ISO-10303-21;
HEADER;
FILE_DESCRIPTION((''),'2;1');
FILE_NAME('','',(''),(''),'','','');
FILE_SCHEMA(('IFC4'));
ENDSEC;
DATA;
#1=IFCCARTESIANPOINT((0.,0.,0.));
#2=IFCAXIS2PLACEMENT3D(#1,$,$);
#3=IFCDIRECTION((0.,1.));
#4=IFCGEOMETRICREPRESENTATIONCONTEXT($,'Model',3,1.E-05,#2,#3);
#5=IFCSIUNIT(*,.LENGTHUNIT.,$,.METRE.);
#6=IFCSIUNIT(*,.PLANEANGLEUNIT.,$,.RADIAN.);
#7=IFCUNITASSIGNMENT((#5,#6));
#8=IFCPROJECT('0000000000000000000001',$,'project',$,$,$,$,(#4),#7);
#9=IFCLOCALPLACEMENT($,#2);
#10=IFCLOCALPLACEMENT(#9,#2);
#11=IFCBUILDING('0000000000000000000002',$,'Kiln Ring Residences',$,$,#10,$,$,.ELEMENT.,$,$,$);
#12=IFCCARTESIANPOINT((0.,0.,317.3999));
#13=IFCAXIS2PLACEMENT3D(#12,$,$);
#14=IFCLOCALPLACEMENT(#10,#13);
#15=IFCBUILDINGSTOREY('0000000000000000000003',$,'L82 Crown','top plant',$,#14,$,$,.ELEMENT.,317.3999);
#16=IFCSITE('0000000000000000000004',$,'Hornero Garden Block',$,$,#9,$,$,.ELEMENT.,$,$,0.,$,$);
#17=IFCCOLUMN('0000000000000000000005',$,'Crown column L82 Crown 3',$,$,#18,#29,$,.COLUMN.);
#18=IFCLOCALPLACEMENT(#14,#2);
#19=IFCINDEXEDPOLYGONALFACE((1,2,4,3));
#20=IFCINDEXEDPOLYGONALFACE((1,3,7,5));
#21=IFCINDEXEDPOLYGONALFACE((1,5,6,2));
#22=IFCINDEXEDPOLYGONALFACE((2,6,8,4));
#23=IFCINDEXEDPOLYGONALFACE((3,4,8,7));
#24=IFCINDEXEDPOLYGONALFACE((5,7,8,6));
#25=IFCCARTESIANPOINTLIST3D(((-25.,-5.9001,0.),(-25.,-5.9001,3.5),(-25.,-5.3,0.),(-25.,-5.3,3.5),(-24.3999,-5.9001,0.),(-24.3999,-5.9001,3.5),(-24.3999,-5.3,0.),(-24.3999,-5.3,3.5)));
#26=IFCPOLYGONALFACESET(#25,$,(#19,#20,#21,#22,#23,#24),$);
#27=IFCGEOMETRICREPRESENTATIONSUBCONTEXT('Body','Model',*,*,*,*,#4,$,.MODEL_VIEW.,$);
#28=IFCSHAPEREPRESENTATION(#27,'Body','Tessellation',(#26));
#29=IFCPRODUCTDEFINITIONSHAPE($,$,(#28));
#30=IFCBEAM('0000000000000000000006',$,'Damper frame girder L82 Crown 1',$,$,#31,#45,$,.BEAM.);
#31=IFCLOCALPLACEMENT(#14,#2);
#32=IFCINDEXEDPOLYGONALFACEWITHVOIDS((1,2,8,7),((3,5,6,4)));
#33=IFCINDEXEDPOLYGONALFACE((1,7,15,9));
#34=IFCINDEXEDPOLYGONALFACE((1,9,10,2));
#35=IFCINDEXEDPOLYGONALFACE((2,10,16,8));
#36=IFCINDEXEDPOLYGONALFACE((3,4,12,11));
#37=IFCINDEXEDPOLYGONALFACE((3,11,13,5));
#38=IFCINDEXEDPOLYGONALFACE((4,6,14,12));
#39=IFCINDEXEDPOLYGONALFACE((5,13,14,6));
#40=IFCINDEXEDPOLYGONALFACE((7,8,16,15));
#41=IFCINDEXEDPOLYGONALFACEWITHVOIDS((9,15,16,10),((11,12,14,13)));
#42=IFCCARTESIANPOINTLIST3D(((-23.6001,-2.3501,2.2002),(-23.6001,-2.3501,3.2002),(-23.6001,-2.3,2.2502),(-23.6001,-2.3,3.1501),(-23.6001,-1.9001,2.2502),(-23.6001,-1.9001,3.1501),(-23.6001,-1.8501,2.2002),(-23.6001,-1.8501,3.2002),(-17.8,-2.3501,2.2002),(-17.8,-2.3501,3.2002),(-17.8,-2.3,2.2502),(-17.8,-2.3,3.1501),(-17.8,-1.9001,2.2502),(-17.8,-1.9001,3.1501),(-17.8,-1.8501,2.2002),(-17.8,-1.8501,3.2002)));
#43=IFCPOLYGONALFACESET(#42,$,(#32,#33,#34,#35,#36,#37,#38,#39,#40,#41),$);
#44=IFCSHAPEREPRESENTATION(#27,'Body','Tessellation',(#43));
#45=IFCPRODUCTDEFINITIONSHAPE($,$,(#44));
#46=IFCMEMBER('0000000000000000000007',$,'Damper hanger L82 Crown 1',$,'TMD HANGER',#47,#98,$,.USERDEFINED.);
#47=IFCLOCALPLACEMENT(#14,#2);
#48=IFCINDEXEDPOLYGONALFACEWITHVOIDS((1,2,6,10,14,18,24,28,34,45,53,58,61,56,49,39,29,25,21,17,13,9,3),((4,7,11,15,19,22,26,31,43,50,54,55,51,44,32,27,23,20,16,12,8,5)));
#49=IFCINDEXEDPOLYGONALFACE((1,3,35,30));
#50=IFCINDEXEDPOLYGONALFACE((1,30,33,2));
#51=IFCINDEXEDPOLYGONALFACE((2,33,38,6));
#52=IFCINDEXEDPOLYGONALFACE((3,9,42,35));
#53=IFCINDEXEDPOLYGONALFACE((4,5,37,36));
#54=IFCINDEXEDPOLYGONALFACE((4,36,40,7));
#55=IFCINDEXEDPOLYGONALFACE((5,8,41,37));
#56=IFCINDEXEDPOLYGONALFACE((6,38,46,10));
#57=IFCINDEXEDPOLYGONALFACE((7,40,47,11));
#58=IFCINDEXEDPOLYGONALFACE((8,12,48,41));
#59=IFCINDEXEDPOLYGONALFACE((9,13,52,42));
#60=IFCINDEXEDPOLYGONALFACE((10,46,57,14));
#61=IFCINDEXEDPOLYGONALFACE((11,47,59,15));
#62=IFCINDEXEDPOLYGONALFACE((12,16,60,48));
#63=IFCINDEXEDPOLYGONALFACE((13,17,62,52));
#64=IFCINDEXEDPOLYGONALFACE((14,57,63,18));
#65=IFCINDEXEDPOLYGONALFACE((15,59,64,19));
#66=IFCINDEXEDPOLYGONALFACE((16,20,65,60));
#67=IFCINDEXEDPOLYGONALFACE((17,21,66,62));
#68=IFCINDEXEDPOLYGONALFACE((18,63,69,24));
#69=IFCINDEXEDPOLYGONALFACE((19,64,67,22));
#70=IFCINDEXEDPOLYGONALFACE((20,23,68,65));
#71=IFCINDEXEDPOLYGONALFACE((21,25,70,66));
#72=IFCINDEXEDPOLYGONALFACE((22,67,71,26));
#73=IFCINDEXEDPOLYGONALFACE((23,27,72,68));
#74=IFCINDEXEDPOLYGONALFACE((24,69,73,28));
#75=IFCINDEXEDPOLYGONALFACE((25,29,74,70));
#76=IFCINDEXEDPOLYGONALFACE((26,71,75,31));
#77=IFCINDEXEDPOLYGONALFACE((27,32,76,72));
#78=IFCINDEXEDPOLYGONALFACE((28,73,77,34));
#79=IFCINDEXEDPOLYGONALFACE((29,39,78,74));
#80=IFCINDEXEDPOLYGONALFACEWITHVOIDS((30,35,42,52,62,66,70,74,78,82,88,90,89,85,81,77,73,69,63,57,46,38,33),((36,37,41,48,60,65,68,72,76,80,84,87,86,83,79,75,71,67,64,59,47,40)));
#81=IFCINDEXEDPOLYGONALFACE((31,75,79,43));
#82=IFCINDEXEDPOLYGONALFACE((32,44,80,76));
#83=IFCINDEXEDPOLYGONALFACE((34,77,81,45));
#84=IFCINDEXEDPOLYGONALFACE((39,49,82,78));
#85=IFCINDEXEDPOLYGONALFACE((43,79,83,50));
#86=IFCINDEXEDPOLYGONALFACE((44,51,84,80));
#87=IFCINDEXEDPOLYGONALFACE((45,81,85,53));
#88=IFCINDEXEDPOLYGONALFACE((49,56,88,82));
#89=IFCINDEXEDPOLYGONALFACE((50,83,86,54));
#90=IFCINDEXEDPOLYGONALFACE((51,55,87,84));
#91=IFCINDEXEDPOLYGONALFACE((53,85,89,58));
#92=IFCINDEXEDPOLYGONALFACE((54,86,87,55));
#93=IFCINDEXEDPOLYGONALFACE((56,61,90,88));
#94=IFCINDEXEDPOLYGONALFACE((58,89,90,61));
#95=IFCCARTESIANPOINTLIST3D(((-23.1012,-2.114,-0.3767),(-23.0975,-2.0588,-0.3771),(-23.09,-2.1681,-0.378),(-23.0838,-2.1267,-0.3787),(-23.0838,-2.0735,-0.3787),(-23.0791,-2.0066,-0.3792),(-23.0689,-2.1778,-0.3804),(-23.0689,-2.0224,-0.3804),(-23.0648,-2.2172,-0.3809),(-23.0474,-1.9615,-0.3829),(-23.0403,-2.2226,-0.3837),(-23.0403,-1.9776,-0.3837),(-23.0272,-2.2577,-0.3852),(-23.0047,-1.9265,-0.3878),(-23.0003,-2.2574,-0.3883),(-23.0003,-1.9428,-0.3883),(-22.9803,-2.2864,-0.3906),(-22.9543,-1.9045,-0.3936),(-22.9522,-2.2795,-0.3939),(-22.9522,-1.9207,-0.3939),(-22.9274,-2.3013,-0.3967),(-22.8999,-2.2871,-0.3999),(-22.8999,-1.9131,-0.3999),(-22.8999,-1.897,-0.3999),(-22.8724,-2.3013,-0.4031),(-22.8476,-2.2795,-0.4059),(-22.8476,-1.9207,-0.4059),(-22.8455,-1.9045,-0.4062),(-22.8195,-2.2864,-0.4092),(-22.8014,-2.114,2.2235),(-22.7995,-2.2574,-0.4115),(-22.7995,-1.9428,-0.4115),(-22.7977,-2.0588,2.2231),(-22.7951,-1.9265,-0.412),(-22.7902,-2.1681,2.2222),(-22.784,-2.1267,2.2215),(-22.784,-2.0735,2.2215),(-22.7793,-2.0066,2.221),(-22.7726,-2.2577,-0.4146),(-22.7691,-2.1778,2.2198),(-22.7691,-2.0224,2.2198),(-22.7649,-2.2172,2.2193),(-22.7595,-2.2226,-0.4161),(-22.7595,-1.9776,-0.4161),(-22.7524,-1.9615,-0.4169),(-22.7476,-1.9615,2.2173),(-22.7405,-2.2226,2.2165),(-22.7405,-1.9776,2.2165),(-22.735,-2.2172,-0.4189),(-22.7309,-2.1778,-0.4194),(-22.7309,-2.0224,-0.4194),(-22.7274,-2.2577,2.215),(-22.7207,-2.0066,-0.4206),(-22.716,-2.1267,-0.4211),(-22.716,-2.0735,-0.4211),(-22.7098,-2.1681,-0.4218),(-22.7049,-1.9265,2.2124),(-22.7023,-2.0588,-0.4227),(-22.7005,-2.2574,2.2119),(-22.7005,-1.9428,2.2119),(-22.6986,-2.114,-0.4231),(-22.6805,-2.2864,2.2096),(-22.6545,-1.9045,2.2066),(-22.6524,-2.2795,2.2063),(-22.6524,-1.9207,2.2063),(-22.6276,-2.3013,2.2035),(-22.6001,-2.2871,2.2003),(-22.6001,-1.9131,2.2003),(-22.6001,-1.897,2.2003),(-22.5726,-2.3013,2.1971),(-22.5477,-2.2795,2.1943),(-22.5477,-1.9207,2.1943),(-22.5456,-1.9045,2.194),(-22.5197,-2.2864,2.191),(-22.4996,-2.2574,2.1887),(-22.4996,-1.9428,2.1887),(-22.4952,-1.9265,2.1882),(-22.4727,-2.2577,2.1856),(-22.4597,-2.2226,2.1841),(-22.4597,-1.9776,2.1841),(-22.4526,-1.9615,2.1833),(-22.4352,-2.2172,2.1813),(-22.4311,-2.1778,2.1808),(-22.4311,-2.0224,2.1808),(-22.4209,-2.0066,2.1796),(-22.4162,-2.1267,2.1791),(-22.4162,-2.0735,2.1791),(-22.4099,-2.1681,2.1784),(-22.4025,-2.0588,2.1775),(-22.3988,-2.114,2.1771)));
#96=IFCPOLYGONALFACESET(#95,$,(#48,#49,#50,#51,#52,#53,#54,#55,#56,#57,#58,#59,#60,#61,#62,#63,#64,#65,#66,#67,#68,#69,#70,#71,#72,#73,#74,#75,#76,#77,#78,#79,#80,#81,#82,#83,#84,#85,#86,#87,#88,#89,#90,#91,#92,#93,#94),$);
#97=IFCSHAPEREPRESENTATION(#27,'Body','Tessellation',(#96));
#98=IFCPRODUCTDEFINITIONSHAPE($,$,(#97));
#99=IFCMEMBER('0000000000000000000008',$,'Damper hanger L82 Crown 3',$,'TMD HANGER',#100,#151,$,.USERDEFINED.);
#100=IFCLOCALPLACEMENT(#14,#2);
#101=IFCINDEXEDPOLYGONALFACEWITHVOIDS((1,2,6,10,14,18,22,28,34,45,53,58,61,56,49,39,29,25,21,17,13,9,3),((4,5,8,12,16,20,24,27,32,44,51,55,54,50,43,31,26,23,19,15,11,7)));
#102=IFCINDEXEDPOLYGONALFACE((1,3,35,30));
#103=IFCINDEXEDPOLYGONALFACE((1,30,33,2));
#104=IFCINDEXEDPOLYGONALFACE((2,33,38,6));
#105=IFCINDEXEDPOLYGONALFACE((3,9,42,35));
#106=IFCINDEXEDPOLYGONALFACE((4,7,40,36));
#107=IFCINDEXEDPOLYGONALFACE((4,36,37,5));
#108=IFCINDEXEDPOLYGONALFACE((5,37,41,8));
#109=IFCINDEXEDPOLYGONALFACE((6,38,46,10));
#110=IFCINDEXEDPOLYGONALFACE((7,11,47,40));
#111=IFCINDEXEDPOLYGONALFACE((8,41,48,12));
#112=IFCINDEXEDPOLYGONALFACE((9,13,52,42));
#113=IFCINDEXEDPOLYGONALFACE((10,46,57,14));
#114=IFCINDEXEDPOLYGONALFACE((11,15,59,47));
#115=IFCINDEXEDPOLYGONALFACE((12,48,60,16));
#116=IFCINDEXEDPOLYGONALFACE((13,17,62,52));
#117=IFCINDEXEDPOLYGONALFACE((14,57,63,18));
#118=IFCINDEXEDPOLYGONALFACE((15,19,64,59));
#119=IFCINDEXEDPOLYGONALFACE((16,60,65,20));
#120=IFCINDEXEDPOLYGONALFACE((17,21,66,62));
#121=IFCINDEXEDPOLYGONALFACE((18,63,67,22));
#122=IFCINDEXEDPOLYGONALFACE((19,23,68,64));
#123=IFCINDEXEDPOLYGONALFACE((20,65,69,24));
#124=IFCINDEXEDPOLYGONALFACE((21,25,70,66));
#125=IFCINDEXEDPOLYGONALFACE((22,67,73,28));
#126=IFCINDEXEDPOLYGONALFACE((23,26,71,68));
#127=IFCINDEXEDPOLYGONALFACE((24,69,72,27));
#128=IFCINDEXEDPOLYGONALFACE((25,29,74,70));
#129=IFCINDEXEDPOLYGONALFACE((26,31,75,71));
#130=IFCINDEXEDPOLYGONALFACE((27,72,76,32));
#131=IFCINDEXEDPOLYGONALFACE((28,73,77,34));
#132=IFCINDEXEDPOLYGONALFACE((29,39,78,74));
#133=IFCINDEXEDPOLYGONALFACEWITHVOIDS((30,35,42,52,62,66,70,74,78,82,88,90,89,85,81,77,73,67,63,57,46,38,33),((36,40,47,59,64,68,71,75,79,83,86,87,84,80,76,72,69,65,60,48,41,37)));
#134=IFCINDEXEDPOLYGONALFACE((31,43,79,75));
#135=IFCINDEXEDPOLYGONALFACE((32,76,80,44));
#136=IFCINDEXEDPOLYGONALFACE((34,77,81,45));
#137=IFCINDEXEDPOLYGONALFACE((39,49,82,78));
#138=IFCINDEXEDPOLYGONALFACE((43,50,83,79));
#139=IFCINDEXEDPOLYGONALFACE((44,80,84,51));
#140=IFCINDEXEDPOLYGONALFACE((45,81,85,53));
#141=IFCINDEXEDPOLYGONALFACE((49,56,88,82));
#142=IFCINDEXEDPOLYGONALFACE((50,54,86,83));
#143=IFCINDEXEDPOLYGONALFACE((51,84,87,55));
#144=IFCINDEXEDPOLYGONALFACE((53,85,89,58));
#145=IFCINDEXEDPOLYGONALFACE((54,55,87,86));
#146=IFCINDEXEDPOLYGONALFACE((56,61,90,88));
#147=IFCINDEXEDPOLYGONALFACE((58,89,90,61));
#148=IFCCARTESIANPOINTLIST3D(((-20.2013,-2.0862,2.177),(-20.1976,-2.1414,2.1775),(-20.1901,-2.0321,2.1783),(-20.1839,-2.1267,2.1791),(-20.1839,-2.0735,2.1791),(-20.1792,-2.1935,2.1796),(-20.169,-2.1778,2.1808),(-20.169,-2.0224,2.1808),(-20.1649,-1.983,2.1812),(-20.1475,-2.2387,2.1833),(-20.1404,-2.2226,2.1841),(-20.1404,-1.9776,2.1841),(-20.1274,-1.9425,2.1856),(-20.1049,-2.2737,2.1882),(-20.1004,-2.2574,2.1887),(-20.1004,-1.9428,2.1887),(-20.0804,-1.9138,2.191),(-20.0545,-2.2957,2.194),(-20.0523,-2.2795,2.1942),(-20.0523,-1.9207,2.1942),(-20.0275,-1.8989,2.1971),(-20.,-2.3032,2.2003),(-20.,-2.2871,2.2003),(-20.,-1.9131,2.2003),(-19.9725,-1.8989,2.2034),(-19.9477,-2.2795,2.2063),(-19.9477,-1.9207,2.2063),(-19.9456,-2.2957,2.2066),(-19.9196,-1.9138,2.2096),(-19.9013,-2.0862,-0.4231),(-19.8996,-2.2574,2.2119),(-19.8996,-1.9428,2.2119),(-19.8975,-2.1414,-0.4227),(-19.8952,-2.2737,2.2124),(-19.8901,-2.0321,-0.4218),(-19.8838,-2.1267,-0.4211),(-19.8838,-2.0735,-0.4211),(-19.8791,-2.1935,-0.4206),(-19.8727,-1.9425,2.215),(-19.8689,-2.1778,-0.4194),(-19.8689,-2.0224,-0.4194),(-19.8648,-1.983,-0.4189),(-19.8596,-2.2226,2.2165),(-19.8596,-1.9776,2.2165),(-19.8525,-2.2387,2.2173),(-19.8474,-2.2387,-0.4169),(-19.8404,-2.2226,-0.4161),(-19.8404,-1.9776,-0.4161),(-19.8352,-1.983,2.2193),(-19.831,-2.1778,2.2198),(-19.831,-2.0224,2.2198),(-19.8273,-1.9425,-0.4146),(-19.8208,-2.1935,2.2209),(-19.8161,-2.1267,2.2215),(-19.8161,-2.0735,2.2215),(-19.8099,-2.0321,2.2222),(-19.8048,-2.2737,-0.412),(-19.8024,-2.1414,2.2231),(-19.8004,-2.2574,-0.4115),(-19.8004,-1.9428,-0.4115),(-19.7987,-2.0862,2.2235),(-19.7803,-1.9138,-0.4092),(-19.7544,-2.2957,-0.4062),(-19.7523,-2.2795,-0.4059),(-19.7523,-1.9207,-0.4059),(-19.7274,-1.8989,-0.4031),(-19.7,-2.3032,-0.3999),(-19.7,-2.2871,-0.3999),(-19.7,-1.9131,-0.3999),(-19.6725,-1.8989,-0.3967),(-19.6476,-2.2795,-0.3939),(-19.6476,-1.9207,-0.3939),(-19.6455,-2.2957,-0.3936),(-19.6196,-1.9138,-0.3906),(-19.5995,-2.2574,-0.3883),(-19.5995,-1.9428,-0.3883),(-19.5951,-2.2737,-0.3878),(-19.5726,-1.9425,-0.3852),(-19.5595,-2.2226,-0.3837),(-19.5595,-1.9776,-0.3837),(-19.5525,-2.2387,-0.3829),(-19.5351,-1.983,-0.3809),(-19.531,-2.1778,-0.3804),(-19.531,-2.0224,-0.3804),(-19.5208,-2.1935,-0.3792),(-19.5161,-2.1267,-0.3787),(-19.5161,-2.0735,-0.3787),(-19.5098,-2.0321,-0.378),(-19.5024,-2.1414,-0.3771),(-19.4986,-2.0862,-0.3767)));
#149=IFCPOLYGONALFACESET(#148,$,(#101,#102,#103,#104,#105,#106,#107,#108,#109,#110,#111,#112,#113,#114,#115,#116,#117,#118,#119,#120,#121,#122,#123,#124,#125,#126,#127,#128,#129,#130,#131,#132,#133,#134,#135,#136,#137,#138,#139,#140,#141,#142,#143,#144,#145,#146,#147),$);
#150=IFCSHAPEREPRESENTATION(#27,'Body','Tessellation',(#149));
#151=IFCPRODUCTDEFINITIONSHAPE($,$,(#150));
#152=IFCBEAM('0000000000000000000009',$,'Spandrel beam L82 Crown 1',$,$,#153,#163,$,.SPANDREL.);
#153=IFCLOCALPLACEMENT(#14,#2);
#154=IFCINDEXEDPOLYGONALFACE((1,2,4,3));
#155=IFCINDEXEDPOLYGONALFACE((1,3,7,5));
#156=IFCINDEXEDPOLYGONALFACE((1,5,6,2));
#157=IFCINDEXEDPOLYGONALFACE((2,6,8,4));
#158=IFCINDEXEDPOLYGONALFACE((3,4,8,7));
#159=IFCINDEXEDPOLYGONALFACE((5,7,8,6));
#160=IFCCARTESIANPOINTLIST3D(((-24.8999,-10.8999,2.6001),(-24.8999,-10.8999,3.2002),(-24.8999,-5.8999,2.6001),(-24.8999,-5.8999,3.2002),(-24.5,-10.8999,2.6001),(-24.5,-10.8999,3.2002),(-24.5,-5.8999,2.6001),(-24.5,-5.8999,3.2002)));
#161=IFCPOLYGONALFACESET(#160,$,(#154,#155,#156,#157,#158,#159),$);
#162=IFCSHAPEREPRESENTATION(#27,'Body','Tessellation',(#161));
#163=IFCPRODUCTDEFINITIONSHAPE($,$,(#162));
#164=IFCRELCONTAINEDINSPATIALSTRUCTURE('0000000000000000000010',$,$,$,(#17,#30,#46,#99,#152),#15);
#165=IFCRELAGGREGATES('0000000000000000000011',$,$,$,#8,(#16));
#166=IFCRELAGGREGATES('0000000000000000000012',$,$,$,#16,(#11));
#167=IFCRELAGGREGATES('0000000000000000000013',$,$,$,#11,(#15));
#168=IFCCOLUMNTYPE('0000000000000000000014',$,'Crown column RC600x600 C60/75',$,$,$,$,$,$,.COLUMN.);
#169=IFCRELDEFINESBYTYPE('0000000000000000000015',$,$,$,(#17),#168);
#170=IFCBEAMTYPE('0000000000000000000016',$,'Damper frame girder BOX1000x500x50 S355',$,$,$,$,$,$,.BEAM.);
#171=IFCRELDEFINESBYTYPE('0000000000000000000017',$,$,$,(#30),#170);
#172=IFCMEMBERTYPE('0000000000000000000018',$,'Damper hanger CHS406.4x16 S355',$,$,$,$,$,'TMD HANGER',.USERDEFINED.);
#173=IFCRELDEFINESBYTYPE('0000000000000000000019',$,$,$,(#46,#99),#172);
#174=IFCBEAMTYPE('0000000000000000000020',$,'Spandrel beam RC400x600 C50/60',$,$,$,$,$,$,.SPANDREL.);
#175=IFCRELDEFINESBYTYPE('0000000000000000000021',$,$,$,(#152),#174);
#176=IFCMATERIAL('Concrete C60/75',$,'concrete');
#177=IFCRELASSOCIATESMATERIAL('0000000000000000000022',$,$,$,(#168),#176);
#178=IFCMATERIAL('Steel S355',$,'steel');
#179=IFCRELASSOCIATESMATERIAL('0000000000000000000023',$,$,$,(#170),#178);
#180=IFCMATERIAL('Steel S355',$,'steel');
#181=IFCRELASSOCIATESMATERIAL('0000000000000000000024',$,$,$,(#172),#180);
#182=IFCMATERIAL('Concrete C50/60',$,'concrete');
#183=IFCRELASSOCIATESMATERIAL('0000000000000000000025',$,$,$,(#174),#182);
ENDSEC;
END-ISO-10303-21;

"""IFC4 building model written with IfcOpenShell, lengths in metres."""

from ifc_helpers import new_model, si_unit, direction, frame, origin, origin_2d, place, context, subcontext, project, spatial, rectangle, hollow_rectangle, hollow_circle, extrude, material, material_profile, profile_set, type_object, element, save


model = new_model("IFC4")

# Units and contexts
model_context = context("Model", 3, precision=1e-05, world=origin(), true_north=direction((0.0, 1.0)))
body_context = subcontext(model_context, "Body", "Model", "MODEL_VIEW")
ifc_project = project(units=[si_unit("LENGTHUNIT", "METRE"), si_unit("PLANEANGLEUNIT", "RADIAN")], contexts=[model_context])

# Site, building, storey
site_placement = place(None, origin())
site = spatial("IfcSite", under=ifc_project, at=site_placement, Name="Hornero Garden Block", CompositionType="ELEMENT", RefElevation=0.0)
building_placement = place(site_placement, origin())
building = spatial("IfcBuilding", under=site, at=building_placement, Name="Kiln Ring Residences", CompositionType="ELEMENT")
storey_placement = place(building_placement, frame((0.0, 0.0, 317.3999)))
storey = spatial("IfcBuildingStorey", under=building, at=storey_placement, Name="L82 Crown", Description="top plant", CompositionType="ELEMENT", Elevation=317.3999)

# Column
ifc_material_1 = material(Name="Concrete C60/75", Category="concrete")
ifc_material_profile_1 = material_profile(ifc_material_1, rectangle(XDim=0.6001, YDim=0.6001, at=origin_2d()), Name="RC600x600")
ifc_profile_set_1 = profile_set([ifc_material_profile_1], Name="Concrete C60/75")
column_type = type_object("IfcColumnType", Name="Crown column RC600x600 C60/75", PredefinedType="COLUMN", material=ifc_profile_set_1)
column_placement = place(storey_placement, frame((-24.7, -5.6001, 0.0), z_axis=(0.0, 0.0, 1.0), x_axis=(1.0, 0.0, 0.0)))
element("IfcColumn", 1, at=column_placement, inside=storey, type_object=column_type, Name="Crown column L82 Crown 3", PredefinedType="COLUMN", context=body_context, shape_type="SweptSolid", body=[
    extrude(rectangle(XDim=0.6001, YDim=0.6001, at=origin_2d()), origin(), (0.0, 0.0, 1.0), 3.5),
])

# Beam
ifc_material_2 = material(Name="Steel S355", Category="steel")
ifc_material_profile_2 = material_profile(ifc_material_2, hollow_rectangle(XDim=0.5, YDim=1.0, WallThickness=0.05, at=origin_2d()), Name="BOX1000x500x50")
ifc_profile_set_2 = profile_set([ifc_material_profile_2], Name="Steel S355")
beam_type_1 = type_object("IfcBeamType", Name="Damper frame girder BOX1000x500x50 S355", PredefinedType="BEAM", material=ifc_profile_set_2)
beam_1_placement = place(storey_placement, frame((-23.6001, -2.1001, 2.7002), z_axis=(1.0, 0.0, 0.0), x_axis=(0.0, 1.0, 0.0)))
element("IfcBeam", 2, at=beam_1_placement, inside=storey, type_object=beam_type_1, Name="Damper frame girder L82 Crown 1", PredefinedType="BEAM", context=body_context, shape_type="SweptSolid", body=[
    extrude(hollow_rectangle(XDim=0.5, YDim=1.0, WallThickness=0.05, at=origin_2d()), origin(), (0.0, 0.0, 1.0), 5.8),
])

# Members
ifc_material_3 = material(Name="Steel S355", Category="steel")
ifc_material_profile_3 = material_profile(ifc_material_3, hollow_circle(Radius=0.2031, WallThickness=0.0161, at=origin_2d()), Name="CHS406.4x16")
ifc_profile_set_3 = profile_set([ifc_material_profile_3], Name="Steel S355")
member_type_1 = type_object("IfcMemberType", Name="Damper hanger CHS406.4x16 S355", ElementType="TMD HANGER", PredefinedType="USERDEFINED", material=ifc_profile_set_3)
for number, where, z_axis, x_axis, name in (
    (3, (-22.8999, -2.1001, -0.3999), (0.114546, 0.0, 0.993418), (0.0, 1.0, 0.0), "Damper hanger L82 Crown 1"),
    (4, (-19.7, -2.1001, -0.3999), (-0.114638, 0.0, 0.993407), (0.0, -1.0, 0.0), "Damper hanger L82 Crown 3"),
):
    element("IfcMember", number, at=place(storey_placement, frame(where, z_axis=z_axis, x_axis=x_axis)), inside=storey, type_object=member_type_1, Name=name, ObjectType="TMD HANGER", PredefinedType="USERDEFINED", context=body_context, shape_type="SweptSolid", body=[
        extrude(hollow_circle(Radius=0.2031, WallThickness=0.0161, at=origin_2d()), origin(), (0.0, 0.0, 1.0), 2.6174),
    ])

# Beam
ifc_material_4 = material(Name="Concrete C50/60", Category="concrete")
ifc_material_profile_4 = material_profile(ifc_material_4, rectangle(XDim=0.3999, YDim=0.6001, at=origin_2d()), Name="RC400x600")
ifc_profile_set_4 = profile_set([ifc_material_profile_4], Name="Concrete C50/60")
beam_type_2 = type_object("IfcBeamType", Name="Spandrel beam RC400x600 C50/60", PredefinedType="SPANDREL", material=ifc_profile_set_4)
beam_2_placement = place(storey_placement, frame((-24.7, -5.8999, 2.9001), z_axis=(0.0, -1.0, 0.0), x_axis=(1.0, 0.0, 0.0)))
element("IfcBeam", 5, at=beam_2_placement, inside=storey, type_object=beam_type_2, Name="Spandrel beam L82 Crown 1", PredefinedType="SPANDREL", context=body_context, shape_type="SweptSolid", body=[
    extrude(rectangle(XDim=0.3999, YDim=0.6001, at=origin_2d()), origin(), (0.0, 0.0, 1.0), 5.0),
])

save(model, "model.ifc")
